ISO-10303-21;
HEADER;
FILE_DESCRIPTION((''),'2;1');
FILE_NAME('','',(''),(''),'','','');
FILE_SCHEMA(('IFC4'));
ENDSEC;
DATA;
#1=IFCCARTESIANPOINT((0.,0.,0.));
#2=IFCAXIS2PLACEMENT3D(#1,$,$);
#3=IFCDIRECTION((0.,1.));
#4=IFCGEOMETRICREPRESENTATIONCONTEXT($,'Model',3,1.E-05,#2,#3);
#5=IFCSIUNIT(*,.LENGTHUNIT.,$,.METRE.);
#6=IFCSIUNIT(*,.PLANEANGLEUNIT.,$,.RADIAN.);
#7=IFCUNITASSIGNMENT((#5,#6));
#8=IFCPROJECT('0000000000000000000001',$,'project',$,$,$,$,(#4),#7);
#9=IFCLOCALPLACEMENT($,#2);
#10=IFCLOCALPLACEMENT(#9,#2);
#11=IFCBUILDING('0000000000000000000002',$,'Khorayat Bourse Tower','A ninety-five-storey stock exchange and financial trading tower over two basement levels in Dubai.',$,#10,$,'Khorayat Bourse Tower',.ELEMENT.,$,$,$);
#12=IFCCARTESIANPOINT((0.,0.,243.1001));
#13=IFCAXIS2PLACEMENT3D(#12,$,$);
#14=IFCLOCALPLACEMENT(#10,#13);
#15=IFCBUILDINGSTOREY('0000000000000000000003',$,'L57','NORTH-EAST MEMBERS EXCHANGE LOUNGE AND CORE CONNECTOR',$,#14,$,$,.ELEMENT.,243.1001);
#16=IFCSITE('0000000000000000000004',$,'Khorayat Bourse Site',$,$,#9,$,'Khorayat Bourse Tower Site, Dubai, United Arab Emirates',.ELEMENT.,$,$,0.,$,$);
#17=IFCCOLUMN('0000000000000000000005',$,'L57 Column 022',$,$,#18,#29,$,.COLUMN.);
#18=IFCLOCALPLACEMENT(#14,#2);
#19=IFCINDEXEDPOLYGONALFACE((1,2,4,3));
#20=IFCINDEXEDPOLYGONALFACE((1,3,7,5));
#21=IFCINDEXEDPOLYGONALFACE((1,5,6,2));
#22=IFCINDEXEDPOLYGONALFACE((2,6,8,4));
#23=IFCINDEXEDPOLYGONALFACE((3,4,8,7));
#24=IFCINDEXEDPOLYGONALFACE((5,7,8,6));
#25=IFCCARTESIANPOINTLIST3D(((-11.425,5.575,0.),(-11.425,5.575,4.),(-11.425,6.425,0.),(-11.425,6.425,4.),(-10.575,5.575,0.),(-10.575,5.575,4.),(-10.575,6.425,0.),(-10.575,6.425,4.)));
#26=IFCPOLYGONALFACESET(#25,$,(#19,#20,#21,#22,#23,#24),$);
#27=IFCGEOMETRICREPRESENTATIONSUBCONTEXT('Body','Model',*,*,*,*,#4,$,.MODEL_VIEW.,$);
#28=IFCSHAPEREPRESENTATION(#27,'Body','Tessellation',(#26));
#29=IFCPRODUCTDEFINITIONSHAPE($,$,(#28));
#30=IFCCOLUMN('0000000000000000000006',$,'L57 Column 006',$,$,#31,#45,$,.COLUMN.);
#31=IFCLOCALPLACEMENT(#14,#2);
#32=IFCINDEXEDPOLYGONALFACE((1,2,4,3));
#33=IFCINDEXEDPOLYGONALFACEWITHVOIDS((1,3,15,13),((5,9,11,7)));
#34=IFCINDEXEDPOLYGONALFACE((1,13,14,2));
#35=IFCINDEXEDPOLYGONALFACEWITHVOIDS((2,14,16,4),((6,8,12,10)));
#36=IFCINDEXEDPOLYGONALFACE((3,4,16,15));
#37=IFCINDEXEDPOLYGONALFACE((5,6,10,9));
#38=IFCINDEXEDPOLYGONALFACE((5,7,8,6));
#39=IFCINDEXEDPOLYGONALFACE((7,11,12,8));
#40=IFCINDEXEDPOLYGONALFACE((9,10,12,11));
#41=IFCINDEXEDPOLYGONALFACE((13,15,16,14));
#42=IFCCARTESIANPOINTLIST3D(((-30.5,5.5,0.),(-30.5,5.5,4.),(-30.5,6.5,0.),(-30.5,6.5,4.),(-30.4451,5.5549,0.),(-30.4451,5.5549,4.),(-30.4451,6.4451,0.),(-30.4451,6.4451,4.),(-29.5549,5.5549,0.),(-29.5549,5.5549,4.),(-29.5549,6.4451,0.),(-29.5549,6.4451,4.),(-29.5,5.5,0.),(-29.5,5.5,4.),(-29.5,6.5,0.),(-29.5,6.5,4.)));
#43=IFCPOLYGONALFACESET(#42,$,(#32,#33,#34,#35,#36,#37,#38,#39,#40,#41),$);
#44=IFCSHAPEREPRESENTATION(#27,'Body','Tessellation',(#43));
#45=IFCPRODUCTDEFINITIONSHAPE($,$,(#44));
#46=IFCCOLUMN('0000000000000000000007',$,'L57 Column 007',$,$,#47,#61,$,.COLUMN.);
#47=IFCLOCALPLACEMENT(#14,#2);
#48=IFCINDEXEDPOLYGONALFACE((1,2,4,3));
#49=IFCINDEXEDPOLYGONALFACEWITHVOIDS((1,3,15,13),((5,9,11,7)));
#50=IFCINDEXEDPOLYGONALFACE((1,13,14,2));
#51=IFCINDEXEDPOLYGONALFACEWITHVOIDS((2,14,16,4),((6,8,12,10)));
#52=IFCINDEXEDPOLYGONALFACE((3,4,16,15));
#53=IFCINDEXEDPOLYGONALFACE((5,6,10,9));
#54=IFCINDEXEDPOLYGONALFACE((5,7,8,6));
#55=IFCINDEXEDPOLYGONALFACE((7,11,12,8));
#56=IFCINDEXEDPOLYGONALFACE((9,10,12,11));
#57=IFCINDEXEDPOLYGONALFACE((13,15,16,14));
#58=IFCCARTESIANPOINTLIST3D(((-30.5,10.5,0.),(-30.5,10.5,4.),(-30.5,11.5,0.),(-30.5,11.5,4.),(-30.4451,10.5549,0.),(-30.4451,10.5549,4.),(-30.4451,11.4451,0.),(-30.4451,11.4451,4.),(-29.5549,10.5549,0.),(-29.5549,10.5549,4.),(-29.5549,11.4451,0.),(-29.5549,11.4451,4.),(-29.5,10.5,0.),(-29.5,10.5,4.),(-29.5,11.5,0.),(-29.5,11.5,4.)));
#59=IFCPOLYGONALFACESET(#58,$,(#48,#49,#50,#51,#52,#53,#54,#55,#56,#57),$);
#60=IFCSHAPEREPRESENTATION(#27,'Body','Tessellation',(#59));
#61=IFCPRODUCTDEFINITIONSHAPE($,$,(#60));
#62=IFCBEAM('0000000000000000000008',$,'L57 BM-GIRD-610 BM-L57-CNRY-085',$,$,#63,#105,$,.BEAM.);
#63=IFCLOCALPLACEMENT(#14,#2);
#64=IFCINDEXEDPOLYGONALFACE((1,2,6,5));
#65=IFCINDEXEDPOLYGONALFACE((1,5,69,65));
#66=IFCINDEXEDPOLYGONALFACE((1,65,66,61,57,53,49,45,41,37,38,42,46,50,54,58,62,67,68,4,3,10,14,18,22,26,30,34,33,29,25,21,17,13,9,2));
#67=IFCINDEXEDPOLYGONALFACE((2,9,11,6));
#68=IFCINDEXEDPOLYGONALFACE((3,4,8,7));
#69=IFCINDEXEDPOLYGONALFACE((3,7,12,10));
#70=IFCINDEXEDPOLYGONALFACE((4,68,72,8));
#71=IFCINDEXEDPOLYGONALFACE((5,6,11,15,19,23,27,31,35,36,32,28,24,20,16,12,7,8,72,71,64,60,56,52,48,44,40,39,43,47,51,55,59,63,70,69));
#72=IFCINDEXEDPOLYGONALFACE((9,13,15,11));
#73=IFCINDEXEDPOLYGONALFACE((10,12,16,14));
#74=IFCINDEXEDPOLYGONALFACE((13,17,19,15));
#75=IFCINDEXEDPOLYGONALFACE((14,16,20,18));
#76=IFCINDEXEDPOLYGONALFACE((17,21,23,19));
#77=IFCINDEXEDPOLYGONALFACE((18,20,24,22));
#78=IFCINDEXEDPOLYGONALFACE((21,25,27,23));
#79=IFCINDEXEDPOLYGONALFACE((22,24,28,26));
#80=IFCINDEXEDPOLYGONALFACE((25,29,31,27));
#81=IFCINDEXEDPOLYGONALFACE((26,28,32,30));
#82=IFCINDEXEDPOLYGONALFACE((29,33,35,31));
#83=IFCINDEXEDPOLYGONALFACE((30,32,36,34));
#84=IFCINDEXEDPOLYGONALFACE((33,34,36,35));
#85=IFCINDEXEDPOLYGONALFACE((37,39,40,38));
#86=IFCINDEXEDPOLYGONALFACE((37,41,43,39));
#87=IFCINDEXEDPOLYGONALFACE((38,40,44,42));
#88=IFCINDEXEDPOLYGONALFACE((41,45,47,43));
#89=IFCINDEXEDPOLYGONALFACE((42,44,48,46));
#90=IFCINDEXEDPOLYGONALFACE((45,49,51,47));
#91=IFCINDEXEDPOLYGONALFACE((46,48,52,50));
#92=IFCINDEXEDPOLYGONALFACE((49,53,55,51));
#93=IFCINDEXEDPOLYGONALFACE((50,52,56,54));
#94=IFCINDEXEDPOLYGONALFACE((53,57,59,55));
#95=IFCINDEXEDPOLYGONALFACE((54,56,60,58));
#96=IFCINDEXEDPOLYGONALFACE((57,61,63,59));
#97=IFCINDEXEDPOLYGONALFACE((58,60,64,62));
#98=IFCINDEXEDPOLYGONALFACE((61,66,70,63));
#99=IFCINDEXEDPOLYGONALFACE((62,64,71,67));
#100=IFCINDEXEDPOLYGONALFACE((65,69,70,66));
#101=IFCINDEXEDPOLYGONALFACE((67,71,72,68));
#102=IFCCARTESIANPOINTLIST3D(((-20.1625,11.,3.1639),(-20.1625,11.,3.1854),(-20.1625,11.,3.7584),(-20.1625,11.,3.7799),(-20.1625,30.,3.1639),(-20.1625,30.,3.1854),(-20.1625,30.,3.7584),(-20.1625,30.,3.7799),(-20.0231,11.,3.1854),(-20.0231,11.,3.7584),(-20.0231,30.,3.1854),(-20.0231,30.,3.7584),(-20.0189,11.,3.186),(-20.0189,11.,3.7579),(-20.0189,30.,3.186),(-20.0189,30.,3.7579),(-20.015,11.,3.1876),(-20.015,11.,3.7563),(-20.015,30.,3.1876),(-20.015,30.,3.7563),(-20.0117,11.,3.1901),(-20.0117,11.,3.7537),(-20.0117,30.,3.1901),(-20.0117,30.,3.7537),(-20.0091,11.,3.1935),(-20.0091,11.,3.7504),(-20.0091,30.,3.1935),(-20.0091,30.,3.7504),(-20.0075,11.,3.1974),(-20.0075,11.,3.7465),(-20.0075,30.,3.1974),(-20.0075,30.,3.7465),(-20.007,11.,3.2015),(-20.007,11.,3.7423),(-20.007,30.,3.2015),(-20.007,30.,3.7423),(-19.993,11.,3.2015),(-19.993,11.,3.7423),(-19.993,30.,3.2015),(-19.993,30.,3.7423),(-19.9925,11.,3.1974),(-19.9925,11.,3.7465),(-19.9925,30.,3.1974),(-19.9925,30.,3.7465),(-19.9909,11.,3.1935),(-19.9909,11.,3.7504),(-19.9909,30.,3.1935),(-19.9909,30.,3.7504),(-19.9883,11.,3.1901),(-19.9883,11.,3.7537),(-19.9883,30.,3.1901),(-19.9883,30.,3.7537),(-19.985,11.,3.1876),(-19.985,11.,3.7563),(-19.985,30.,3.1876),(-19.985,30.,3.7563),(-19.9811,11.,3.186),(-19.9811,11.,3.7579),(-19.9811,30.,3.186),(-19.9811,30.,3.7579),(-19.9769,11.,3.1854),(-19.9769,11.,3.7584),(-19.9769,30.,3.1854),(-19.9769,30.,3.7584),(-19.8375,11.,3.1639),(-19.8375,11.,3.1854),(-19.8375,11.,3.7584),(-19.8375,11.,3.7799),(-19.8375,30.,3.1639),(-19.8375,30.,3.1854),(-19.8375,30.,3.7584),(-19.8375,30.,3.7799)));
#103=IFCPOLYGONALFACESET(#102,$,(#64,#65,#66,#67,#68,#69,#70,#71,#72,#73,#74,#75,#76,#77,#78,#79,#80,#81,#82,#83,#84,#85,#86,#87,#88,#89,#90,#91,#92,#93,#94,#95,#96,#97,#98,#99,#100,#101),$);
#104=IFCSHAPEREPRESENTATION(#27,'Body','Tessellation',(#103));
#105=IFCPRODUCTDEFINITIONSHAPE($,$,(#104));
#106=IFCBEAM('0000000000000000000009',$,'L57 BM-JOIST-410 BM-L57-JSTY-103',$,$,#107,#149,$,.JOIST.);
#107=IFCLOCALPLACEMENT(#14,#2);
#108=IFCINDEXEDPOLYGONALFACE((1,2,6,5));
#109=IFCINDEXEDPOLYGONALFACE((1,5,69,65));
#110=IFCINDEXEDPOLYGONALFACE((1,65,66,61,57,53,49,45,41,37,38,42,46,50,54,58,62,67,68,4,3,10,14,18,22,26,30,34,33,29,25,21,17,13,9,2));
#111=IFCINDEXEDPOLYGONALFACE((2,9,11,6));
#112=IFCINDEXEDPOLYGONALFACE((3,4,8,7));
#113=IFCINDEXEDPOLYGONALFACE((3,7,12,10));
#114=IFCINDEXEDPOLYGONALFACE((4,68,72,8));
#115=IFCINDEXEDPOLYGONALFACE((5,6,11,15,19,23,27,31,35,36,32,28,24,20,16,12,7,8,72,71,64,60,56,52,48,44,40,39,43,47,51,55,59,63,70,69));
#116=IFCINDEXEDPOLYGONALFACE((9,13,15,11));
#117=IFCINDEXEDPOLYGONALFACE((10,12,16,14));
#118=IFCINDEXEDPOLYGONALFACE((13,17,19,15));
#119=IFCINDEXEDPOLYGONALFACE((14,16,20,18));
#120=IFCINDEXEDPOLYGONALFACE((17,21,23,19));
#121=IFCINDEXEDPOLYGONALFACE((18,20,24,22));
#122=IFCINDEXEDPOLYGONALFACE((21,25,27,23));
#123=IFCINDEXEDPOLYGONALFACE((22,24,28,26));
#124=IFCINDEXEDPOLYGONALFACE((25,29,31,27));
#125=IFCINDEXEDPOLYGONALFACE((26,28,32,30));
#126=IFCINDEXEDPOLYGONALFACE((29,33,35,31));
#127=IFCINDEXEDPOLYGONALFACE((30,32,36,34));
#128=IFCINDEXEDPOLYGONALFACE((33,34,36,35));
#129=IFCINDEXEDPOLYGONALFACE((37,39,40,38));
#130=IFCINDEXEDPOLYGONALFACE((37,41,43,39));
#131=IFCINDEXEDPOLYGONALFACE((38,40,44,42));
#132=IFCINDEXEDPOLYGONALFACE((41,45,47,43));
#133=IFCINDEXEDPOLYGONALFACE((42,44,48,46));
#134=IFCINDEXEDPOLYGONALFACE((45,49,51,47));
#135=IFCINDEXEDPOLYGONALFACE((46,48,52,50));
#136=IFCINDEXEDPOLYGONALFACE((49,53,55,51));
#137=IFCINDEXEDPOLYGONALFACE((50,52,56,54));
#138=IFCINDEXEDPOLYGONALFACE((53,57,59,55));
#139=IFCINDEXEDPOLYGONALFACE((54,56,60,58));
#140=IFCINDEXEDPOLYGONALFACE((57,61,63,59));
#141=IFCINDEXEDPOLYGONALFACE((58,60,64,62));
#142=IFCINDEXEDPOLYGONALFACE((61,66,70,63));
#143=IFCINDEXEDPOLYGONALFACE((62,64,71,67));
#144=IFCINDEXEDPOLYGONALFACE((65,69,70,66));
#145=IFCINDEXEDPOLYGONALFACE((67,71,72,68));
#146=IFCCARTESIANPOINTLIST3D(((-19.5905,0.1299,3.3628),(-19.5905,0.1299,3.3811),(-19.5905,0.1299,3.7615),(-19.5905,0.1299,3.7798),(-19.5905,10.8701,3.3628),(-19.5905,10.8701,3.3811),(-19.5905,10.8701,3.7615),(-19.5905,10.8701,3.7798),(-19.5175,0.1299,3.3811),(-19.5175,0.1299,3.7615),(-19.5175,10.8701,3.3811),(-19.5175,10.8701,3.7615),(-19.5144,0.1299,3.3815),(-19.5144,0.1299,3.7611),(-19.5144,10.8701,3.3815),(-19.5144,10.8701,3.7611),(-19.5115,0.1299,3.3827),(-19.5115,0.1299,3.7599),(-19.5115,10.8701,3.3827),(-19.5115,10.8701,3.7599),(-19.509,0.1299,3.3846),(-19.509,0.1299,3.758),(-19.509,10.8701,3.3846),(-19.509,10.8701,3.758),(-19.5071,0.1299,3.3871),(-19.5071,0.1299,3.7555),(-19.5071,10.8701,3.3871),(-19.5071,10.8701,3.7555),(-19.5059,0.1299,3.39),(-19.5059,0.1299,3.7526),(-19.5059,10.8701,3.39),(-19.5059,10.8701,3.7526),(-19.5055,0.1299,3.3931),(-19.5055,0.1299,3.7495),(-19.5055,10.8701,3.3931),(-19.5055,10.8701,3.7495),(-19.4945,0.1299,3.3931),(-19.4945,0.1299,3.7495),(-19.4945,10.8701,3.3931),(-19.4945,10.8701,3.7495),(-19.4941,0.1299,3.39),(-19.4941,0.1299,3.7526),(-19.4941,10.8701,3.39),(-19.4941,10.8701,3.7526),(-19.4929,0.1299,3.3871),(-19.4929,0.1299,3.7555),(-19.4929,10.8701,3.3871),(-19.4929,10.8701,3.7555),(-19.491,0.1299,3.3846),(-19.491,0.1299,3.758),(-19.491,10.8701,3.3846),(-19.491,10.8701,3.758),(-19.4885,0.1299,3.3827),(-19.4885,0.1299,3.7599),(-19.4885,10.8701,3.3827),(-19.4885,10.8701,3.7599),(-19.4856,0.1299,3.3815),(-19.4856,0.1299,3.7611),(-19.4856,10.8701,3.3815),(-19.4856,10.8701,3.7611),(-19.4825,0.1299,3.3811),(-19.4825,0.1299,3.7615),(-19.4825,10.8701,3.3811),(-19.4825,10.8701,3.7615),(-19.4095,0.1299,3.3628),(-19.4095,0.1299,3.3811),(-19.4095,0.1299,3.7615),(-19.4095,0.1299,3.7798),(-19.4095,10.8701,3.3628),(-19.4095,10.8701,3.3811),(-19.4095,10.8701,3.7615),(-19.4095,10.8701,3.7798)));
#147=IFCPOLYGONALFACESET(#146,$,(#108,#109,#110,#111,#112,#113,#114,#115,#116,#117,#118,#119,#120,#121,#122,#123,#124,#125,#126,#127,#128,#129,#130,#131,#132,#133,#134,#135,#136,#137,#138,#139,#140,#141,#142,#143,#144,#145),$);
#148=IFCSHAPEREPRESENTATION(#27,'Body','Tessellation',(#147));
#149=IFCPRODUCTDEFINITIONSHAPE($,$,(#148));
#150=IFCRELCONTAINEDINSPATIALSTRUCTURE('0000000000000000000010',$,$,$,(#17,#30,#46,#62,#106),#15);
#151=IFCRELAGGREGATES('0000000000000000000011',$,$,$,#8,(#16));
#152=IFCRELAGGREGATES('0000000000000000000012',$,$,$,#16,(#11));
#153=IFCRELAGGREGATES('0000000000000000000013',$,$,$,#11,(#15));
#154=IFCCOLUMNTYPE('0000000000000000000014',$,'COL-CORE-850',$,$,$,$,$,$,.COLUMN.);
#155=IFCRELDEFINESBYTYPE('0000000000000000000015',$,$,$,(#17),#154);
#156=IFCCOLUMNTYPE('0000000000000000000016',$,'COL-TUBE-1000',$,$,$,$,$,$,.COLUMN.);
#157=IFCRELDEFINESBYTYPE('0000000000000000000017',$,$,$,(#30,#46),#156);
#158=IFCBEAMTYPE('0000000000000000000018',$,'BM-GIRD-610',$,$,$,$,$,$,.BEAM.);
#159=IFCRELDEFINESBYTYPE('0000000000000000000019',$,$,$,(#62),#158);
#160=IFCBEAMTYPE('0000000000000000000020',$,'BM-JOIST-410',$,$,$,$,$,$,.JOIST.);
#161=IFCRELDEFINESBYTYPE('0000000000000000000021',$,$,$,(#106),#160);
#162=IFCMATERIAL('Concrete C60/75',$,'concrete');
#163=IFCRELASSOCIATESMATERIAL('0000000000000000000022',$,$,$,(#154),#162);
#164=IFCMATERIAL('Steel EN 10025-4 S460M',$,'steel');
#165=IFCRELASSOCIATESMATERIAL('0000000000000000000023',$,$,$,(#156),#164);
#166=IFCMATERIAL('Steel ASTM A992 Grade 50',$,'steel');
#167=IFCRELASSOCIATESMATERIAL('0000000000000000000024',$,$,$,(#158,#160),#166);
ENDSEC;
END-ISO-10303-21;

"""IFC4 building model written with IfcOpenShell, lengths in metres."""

from ifc_helpers import new_model, si_unit, direction, frame, origin, origin_2d, place, context, subcontext, project, spatial, rectangle, hollow_rectangle, i_section, extrude, source, transform, mapped, material, material_profile, profile_set, type_object, element, save


model = new_model("IFC4")

# Units and contexts
model_context = context("Model", 3, precision=1e-05, world=origin(), true_north=direction((0.0, 1.0)))
body_context = subcontext(model_context, "Body", "Model", "MODEL_VIEW")
ifc_project = project(units=[si_unit("LENGTHUNIT", "METRE"), si_unit("PLANEANGLEUNIT", "RADIAN")], contexts=[model_context])

# Site, building, storey
site_placement = place(None, origin())
site = spatial("IfcSite", under=ifc_project, at=site_placement, Name="Khorayat Bourse Site", LongName="Khorayat Bourse Tower Site, Dubai, United Arab Emirates", CompositionType="ELEMENT", RefElevation=0.0)
building_placement = place(site_placement, origin())
building = spatial("IfcBuilding", under=site, at=building_placement, Name="Khorayat Bourse Tower", Description="A ninety-five-storey stock exchange and financial trading tower over two basement levels in Dubai.", LongName="Khorayat Bourse Tower", CompositionType="ELEMENT")
storey_placement = place(building_placement, frame((0.0, 0.0, 243.1001)))
storey = spatial("IfcBuildingStorey", under=building, at=storey_placement, Name="L57", Description="NORTH-EAST MEMBERS EXCHANGE LOUNGE AND CORE CONNECTOR", CompositionType="ELEMENT", Elevation=243.1001)

# Columns
ifc_material_1 = material(Name="Concrete C60/75", Category="concrete")
ifc_material_profile_1 = material_profile(ifc_material_1, rectangle(XDim=0.8501, YDim=0.8501, at=origin_2d()), Name="RC 850x850")
ifc_profile_set_1 = profile_set([ifc_material_profile_1], Name="Concrete C60/75")
column_type_1 = type_object("IfcColumnType", Name="COL-CORE-850", PredefinedType="COLUMN", material=ifc_profile_set_1)
shared_shape_1 = source(origin(), body_context, "Body", "SweptSolid", [
    extrude(rectangle(XDim=0.8501, YDim=0.8501, at=origin_2d()), origin(), (0.0, 0.0, 1.0), 4.0),
])
column_placement = place(storey_placement, frame((-11.0, 6.0, 0.0), z_axis=(0.0, 0.0, 1.0), x_axis=(1.0, 0.0, 0.0)))
element("IfcColumn", 1, at=column_placement, inside=storey, type_object=column_type_1, Name="L57 Column 022", PredefinedType="COLUMN", context=body_context, shape_type="MappedRepresentation", body=[
    mapped(shared_shape_1, transform((0.0, 0.0, 0.0), scale=1.0)),
])
ifc_material_2 = material(Name="Steel EN 10025-4 S460M", Category="steel")
ifc_material_profile_2 = material_profile(ifc_material_2, hollow_rectangle(XDim=1.0, YDim=1.0, WallThickness=0.0549, at=origin_2d()), Name="BOX 1000x1000x55")
ifc_profile_set_2 = profile_set([ifc_material_profile_2], Name="Steel EN 10025-4 S460M")
column_type_2 = type_object("IfcColumnType", Name="COL-TUBE-1000", PredefinedType="COLUMN", material=ifc_profile_set_2)
shared_shape_2 = source(origin(), body_context, "Body", "SweptSolid", [
    extrude(hollow_rectangle(XDim=1.0, YDim=1.0, WallThickness=0.0549, at=origin_2d()), origin(), (0.0, 0.0, 1.0), 4.0),
])
for number, where, z_axis, x_axis, name in (
    (2, (-30.0, 6.0, 0.0), (0.0, 0.0, 1.0), (1.0, 0.0, 0.0), "L57 Column 006"),
    (3, (-30.0, 11.0, 0.0), (0.0, 0.0, 1.0), (1.0, 0.0, 0.0), "L57 Column 007"),
):
    element("IfcColumn", number, at=place(storey_placement, frame(where, z_axis=z_axis, x_axis=x_axis)), inside=storey, type_object=column_type_2, Name=name, PredefinedType="COLUMN", context=body_context, shape_type="MappedRepresentation", body=[
        mapped(shared_shape_2, transform((0.0, 0.0, 0.0), scale=1.0)),
    ])

# Beams
ifc_material_3 = material(Name="Steel ASTM A992 Grade 50", Category="steel")
ifc_material_profile_3 = material_profile(ifc_material_3, i_section(OverallWidth=0.325, OverallDepth=0.616, WebThickness=0.0139, FlangeThickness=0.0215, FilletRadius=0.0161, at=origin_2d()), Name="W610X174")
ifc_profile_set_3 = profile_set([ifc_material_profile_3], Name="Steel ASTM A992 Grade 50")
beam_type_1 = type_object("IfcBeamType", Name="BM-GIRD-610", PredefinedType="BEAM", material=ifc_profile_set_3)
shared_shape_3 = source(origin(), body_context, "Body", "SweptSolid", [
    extrude(i_section(OverallWidth=0.325, OverallDepth=0.616, WebThickness=0.0139, FlangeThickness=0.0215, FilletRadius=0.0161, at=origin_2d()), origin(), (0.0, 0.0, 1.0), 19.0),
])
beam_1_placement = place(storey_placement, frame((-20.0, 11.0, 3.4719), z_axis=(0.0, 1.0, 0.0), x_axis=(-1.0, 0.0, 0.0)))
element("IfcBeam", 4, at=beam_1_placement, inside=storey, type_object=beam_type_1, Name="L57 BM-GIRD-610 BM-L57-CNRY-085", PredefinedType="BEAM", context=body_context, shape_type="MappedRepresentation", body=[
    mapped(shared_shape_3, transform((0.0, 0.0, 0.0), scale=1.0)),
])
ifc_material_profile_4 = material_profile(ifc_material_3, i_section(OverallWidth=0.1809, OverallDepth=0.417, WebThickness=0.011, FlangeThickness=0.0183, FilletRadius=0.012, at=origin_2d()), Name="W410X85")
ifc_profile_set_4 = profile_set([ifc_material_profile_4], Name="Steel ASTM A992 Grade 50")
beam_type_2 = type_object("IfcBeamType", Name="BM-JOIST-410", PredefinedType="JOIST", material=ifc_profile_set_4)
shared_shape_4 = source(origin(), body_context, "Body", "SweptSolid", [
    extrude(i_section(OverallWidth=0.1809, OverallDepth=0.417, WebThickness=0.011, FlangeThickness=0.0183, FilletRadius=0.012, at=origin_2d()), origin(), (0.0, 0.0, 1.0), 10.7402),
])
beam_2_placement = place(storey_placement, frame((-19.5, 0.1299, 3.5713), z_axis=(0.0, 1.0, 0.0), x_axis=(-1.0, 0.0, 0.0)))
element("IfcBeam", 5, at=beam_2_placement, inside=storey, type_object=beam_type_2, Name="L57 BM-JOIST-410 BM-L57-JSTY-103", PredefinedType="JOIST", context=body_context, shape_type="MappedRepresentation", body=[
    mapped(shared_shape_4, transform((0.0, 0.0, 0.0), scale=1.0)),
])

save(model, "model.ifc")
